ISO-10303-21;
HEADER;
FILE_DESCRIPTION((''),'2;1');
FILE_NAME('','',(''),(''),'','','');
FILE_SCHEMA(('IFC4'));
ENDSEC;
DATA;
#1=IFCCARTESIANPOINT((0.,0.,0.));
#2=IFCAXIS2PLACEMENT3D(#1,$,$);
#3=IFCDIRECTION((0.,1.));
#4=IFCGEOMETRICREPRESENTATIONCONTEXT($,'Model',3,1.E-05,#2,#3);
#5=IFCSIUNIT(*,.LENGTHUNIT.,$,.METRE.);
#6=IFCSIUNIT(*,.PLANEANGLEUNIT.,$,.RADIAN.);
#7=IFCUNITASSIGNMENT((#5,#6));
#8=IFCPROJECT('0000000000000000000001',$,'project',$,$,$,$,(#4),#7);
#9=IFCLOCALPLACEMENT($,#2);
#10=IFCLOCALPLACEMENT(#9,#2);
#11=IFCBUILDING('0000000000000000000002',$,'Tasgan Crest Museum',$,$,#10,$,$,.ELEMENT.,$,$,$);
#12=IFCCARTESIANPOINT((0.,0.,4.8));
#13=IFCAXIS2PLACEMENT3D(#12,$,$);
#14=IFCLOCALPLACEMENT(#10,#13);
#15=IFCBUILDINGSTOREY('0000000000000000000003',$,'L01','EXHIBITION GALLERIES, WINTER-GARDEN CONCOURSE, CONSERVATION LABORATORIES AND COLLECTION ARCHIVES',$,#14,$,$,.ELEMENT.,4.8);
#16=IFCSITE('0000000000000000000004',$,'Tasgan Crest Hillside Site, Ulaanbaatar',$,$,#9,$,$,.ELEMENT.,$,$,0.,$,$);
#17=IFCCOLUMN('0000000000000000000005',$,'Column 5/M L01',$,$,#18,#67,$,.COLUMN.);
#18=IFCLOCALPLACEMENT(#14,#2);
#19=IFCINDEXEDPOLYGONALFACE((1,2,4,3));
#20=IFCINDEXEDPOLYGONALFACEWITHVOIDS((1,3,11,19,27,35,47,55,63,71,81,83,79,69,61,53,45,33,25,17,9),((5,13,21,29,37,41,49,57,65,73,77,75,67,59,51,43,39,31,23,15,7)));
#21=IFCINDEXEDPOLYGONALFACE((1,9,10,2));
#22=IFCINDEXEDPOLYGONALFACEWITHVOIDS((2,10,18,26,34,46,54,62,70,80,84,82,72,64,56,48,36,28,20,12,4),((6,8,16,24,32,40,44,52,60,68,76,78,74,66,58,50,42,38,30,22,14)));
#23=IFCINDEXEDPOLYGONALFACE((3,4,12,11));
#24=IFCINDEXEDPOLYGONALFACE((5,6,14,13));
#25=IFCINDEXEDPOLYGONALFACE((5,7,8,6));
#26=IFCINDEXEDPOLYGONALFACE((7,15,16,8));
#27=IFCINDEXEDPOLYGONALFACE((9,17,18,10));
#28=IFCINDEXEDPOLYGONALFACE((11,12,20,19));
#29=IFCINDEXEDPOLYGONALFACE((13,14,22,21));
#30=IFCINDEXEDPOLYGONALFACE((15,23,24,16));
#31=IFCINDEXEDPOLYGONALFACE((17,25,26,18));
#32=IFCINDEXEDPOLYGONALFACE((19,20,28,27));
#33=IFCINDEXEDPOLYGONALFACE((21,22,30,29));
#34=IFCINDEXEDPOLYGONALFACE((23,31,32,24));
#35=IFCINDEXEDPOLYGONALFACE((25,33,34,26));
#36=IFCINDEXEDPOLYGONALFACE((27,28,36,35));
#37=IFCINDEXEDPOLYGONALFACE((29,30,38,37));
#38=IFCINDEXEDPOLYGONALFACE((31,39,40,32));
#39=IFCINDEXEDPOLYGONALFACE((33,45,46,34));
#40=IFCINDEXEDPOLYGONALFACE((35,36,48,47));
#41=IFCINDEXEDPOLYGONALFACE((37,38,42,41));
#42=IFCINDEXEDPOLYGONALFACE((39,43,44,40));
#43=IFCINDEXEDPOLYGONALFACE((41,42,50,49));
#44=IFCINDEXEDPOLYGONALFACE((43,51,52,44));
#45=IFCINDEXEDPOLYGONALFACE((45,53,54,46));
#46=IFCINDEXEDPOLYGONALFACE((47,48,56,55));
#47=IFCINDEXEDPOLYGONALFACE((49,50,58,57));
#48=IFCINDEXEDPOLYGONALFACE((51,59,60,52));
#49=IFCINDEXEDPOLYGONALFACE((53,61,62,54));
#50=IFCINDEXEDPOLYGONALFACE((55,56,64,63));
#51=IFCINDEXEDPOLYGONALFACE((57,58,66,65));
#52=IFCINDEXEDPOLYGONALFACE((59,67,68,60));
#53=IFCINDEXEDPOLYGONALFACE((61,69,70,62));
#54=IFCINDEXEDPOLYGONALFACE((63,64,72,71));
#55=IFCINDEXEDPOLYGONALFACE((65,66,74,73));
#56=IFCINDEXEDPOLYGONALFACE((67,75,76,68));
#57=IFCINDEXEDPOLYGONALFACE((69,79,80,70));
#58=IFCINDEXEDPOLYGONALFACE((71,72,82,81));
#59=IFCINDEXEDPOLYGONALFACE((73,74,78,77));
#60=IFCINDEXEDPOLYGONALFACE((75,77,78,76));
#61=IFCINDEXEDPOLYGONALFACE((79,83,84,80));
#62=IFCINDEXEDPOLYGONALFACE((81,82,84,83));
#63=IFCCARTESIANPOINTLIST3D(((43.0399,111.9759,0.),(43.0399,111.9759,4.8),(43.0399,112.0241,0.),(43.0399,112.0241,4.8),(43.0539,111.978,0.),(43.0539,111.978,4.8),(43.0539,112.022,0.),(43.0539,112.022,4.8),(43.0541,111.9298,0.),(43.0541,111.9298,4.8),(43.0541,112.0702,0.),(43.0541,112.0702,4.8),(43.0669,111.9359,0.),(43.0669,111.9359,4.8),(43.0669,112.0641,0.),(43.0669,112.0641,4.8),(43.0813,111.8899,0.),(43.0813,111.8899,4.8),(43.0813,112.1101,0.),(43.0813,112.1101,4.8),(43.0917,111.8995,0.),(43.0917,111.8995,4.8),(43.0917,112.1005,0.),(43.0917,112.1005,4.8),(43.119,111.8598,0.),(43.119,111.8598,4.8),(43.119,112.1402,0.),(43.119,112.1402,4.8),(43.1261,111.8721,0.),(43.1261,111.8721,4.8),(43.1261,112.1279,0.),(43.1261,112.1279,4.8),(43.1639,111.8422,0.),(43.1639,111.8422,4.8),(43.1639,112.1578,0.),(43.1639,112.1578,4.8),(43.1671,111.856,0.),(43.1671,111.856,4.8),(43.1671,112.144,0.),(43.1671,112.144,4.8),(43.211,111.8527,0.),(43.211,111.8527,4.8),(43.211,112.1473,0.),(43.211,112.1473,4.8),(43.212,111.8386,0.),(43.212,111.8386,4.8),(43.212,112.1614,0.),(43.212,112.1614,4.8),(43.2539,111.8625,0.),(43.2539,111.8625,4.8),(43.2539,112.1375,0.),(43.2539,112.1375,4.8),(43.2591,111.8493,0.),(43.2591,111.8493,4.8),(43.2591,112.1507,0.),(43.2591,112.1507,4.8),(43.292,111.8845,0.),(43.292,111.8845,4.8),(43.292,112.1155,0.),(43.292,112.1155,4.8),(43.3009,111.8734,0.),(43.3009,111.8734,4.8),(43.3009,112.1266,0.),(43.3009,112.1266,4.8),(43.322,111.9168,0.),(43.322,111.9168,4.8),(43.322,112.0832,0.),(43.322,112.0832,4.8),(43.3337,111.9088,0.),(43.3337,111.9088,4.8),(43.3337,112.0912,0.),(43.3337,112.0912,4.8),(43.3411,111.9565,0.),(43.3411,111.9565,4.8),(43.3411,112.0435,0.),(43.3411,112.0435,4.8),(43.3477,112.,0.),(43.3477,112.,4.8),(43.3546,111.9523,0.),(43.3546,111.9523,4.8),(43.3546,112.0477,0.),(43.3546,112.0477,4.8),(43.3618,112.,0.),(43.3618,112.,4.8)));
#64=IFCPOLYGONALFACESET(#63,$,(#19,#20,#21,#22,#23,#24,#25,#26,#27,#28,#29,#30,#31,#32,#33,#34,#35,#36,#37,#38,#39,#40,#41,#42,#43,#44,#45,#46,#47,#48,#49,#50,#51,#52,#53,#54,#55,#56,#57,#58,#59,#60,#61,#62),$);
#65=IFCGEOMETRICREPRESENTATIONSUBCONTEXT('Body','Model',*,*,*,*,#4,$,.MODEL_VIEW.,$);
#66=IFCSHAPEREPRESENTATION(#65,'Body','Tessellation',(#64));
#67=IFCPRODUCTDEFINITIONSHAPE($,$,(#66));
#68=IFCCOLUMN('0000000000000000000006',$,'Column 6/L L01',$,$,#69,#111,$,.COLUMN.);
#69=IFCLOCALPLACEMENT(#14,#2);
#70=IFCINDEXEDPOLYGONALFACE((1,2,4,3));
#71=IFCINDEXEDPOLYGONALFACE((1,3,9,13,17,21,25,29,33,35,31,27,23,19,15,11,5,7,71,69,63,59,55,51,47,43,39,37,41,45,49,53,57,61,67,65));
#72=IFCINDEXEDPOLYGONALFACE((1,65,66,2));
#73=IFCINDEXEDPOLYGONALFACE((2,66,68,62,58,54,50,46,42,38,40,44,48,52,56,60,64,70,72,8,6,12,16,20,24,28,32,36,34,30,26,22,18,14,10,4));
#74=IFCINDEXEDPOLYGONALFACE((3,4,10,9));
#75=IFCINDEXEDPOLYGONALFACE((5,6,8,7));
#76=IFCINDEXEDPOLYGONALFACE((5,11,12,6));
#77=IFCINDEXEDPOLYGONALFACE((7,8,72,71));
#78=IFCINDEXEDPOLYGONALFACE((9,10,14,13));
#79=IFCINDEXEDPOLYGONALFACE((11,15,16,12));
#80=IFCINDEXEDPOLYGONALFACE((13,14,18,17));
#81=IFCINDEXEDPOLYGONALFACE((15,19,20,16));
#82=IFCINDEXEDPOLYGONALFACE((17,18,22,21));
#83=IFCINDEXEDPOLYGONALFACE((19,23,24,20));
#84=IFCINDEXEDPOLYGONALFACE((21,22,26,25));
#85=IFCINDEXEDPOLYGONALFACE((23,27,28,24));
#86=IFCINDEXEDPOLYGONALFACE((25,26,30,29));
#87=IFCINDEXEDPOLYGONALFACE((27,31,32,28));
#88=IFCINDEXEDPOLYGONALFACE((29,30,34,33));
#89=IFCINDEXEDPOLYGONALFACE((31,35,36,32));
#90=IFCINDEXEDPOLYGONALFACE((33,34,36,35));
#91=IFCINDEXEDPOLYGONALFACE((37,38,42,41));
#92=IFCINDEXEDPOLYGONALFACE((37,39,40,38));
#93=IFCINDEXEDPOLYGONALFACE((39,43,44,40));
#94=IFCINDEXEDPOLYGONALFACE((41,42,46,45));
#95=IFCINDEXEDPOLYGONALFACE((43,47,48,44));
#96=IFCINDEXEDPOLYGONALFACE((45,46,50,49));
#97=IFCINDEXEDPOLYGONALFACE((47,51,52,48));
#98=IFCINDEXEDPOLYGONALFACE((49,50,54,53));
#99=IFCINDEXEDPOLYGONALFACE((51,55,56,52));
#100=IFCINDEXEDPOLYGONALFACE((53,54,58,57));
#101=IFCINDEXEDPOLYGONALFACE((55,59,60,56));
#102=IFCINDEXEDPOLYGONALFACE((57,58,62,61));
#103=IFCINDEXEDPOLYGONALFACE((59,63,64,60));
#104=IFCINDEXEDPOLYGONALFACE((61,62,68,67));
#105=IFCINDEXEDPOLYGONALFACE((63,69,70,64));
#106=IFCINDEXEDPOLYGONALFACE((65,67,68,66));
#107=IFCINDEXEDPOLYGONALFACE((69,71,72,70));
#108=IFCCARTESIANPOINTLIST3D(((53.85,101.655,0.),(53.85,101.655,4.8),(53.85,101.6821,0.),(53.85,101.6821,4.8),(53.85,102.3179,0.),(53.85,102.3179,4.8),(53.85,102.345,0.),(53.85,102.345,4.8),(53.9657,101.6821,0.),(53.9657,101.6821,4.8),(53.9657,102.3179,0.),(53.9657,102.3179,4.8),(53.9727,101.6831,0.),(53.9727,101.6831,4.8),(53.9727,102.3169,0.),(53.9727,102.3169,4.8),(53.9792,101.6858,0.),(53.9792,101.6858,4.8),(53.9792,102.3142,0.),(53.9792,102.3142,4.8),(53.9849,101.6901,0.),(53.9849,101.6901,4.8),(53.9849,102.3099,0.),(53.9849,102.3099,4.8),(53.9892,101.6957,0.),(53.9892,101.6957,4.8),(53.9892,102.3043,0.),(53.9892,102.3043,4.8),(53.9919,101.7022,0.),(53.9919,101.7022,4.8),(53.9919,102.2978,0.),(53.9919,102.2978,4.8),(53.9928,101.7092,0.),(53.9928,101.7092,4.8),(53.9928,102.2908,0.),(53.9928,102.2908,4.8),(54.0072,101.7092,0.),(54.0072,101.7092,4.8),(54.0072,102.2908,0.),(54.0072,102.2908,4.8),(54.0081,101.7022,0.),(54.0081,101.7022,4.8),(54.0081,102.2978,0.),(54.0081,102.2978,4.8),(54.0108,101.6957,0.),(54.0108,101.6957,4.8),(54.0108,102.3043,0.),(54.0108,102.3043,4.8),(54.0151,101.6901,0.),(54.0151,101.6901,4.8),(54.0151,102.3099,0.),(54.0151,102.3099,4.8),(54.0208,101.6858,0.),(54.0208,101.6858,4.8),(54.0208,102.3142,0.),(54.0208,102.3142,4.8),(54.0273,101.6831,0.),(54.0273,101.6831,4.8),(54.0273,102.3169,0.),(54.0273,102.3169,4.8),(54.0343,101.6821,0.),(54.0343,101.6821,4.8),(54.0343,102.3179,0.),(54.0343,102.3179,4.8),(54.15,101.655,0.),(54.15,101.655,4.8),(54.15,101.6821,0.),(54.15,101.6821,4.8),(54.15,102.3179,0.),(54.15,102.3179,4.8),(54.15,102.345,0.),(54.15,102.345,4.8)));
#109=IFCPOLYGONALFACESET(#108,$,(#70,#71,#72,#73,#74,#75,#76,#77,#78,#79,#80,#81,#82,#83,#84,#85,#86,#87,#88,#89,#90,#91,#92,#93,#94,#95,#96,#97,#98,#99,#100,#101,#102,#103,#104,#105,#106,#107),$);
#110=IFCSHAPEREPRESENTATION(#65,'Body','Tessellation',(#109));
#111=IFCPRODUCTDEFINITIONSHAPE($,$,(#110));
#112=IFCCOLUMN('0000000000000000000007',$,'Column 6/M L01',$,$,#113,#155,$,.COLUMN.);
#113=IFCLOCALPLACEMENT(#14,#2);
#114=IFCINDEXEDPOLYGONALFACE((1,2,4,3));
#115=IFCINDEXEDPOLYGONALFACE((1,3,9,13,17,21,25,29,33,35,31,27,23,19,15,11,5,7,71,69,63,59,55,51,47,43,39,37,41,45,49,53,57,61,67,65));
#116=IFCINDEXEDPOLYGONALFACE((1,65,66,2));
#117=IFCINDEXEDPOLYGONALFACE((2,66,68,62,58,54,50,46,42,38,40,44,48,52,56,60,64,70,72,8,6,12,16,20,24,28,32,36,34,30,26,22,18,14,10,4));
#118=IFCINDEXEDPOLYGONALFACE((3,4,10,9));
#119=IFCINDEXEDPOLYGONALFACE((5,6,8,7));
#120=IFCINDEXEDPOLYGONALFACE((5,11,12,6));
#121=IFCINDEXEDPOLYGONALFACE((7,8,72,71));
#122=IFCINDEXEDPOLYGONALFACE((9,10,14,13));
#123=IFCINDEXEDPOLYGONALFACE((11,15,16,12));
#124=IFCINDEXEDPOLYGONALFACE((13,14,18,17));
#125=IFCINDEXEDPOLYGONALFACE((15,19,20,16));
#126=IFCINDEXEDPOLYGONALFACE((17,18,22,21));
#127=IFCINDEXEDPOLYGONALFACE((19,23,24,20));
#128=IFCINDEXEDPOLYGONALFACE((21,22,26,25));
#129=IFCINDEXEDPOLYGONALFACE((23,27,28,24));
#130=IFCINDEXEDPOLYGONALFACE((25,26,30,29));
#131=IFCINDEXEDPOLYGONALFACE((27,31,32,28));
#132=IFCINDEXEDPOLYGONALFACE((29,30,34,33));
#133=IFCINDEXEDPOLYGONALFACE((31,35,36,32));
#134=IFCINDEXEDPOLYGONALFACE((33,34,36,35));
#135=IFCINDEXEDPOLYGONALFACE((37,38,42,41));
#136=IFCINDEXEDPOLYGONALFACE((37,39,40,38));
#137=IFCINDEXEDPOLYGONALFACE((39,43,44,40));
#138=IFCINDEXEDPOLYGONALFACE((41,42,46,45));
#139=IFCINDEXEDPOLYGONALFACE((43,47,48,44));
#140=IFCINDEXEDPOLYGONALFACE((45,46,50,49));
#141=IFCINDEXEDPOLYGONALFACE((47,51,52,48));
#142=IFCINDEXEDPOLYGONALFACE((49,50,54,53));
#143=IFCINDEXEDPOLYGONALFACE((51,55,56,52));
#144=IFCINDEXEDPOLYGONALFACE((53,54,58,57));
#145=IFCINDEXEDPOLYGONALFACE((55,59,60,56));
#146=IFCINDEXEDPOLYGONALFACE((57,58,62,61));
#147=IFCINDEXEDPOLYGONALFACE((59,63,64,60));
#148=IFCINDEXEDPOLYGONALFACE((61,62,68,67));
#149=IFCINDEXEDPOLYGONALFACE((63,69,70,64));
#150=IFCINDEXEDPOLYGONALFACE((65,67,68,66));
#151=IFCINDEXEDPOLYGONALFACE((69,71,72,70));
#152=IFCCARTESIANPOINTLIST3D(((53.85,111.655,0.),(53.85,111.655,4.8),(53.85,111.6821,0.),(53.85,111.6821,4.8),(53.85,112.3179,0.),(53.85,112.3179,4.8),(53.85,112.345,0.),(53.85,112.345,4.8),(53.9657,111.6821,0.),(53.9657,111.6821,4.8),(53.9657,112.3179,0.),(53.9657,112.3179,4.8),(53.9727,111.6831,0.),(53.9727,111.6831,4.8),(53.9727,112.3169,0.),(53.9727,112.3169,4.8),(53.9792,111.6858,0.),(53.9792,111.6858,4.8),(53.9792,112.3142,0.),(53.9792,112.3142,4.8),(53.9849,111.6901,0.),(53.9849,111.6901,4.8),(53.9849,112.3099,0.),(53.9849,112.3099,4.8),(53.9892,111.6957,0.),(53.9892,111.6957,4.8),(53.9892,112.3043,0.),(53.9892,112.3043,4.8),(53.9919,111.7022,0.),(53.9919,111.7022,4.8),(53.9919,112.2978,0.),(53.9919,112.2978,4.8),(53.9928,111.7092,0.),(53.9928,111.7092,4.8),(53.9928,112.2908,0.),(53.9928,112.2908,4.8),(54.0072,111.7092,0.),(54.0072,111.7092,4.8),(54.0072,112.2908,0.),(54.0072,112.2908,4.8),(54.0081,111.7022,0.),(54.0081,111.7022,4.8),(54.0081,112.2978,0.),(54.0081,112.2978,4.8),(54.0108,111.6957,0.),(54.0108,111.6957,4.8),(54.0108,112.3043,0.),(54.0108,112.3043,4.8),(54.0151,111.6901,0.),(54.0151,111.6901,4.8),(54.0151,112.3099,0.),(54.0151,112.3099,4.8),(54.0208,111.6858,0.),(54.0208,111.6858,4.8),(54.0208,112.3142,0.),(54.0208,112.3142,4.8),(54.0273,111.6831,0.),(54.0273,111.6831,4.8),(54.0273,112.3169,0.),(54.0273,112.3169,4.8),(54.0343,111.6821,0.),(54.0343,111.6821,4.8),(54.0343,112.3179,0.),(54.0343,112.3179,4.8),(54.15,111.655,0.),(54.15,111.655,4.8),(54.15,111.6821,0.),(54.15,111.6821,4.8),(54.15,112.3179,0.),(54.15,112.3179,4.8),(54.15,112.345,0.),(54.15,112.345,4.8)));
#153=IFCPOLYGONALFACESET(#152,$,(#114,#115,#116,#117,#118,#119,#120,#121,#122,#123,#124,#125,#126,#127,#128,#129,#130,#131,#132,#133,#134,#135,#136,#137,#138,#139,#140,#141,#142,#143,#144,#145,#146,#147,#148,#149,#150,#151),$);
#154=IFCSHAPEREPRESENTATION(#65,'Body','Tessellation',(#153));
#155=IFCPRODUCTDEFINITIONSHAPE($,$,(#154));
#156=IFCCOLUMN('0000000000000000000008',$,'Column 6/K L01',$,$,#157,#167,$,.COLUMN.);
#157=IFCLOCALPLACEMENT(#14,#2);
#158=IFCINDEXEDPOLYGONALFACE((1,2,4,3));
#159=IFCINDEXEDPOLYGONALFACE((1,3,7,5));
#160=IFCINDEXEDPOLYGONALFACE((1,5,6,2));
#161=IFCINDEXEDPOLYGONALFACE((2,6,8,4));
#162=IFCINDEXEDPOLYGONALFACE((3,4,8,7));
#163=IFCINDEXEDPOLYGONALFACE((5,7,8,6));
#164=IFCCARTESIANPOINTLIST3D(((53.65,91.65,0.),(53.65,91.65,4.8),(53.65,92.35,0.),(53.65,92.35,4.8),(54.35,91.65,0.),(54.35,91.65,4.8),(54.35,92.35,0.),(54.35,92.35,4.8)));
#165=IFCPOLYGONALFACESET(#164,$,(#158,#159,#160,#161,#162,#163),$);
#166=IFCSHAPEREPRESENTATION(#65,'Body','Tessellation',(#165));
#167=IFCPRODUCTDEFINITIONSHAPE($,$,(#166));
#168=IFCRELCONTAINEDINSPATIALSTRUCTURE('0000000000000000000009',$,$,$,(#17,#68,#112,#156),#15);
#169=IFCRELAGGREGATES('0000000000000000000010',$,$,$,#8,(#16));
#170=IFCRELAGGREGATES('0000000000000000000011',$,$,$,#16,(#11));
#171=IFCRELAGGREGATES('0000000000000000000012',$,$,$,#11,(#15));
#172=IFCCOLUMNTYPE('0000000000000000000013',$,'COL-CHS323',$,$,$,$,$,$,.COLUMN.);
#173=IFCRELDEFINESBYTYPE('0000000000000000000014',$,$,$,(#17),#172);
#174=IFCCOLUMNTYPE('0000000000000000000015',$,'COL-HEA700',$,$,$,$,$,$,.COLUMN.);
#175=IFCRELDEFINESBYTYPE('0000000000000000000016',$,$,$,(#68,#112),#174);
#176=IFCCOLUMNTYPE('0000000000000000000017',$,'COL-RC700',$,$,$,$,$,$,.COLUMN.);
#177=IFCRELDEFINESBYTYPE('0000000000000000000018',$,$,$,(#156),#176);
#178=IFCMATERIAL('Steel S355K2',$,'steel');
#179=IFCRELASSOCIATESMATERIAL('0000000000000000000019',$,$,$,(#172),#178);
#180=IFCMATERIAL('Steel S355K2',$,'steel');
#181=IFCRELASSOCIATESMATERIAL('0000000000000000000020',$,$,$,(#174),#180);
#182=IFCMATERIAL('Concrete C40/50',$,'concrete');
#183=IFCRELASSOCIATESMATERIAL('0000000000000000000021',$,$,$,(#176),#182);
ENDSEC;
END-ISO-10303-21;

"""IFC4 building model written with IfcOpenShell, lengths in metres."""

from ifc_helpers import new_model, si_unit, direction, frame, origin, origin_2d, place, context, subcontext, project, spatial, rectangle, hollow_circle, i_section, extrude, material, material_profile, profile_set, type_object, element, save


model = new_model("IFC4")

# Units and contexts
model_context = context("Model", 3, precision=1e-05, world=origin(), true_north=direction((0.0, 1.0)))
body_context = subcontext(model_context, "Body", "Model", "MODEL_VIEW")
ifc_project = project(units=[si_unit("LENGTHUNIT", "METRE"), si_unit("PLANEANGLEUNIT", "RADIAN")], contexts=[model_context])

# Site, building, storey
site_placement = place(None, origin())
site = spatial("IfcSite", under=ifc_project, at=site_placement, Name="Tasgan Crest Hillside Site, Ulaanbaatar", CompositionType="ELEMENT", RefElevation=0.0)
building_placement = place(site_placement, origin())
building = spatial("IfcBuilding", under=site, at=building_placement, Name="Tasgan Crest Museum", CompositionType="ELEMENT")
storey_placement = place(building_placement, frame((0.0, 0.0, 4.8)))
storey = spatial("IfcBuildingStorey", under=building, at=storey_placement, Name="L01", Description="EXHIBITION GALLERIES, WINTER-GARDEN CONCOURSE, CONSERVATION LABORATORIES AND COLLECTION ARCHIVES", CompositionType="ELEMENT", Elevation=4.8)

# Columns
ifc_material_1 = material(Name="Steel S355K2", Category="steel")
ifc_material_profile_1 = material_profile(ifc_material_1, hollow_circle(Radius=0.1619, WallThickness=0.0142, at=origin_2d()), Name="CHS 323.9x14.2")
ifc_profile_set_1 = profile_set([ifc_material_profile_1], Name="Steel S355K2")
column_type_1 = type_object("IfcColumnType", Name="COL-CHS323", PredefinedType="COLUMN", material=ifc_profile_set_1)
column_1_placement = place(storey_placement, frame((43.2, 112.0, 0.0), z_axis=(0.0, 0.0, 1.0), x_axis=(1.0, 0.0, 0.0)))
element("IfcColumn", 1, at=column_1_placement, inside=storey, type_object=column_type_1, Name="Column 5/M L01", PredefinedType="COLUMN", context=body_context, shape_type="SweptSolid", body=[
    extrude(hollow_circle(Radius=0.1619, WallThickness=0.0142, at=origin_2d()), origin(), (0.0, 0.0, 1.0), 4.8),
])
ifc_material_2 = material(Name="Steel S355K2", Category="steel")
ifc_material_profile_2 = material_profile(ifc_material_2, i_section(OverallWidth=0.3, OverallDepth=0.6899, WebThickness=0.0144, FlangeThickness=0.0271, FilletRadius=0.0271, at=origin_2d()), Name="HEA 700")
ifc_profile_set_2 = profile_set([ifc_material_profile_2], Name="Steel S355K2")
column_type_2 = type_object("IfcColumnType", Name="COL-HEA700", PredefinedType="COLUMN", material=ifc_profile_set_2)
for number, where, z_axis, x_axis, name in (
    (2, (54.0, 102.0, 0.0), (0.0, 0.0, 1.0), (1.0, 0.0, 0.0), "Column 6/L L01"),
    (3, (54.0, 112.0, 0.0), (0.0, 0.0, 1.0), (1.0, 0.0, 0.0), "Column 6/M L01"),
):
    element("IfcColumn", number, at=place(storey_placement, frame(where, z_axis=z_axis, x_axis=x_axis)), inside=storey, type_object=column_type_2, Name=name, PredefinedType="COLUMN", context=body_context, shape_type="SweptSolid", body=[
        extrude(i_section(OverallWidth=0.3, OverallDepth=0.6899, WebThickness=0.0144, FlangeThickness=0.0271, FilletRadius=0.0271, at=origin_2d()), origin(), (0.0, 0.0, 1.0), 4.8),
    ])
ifc_material_3 = material(Name="Concrete C40/50", Category="concrete")
ifc_material_profile_3 = material_profile(ifc_material_3, rectangle(XDim=0.7, YDim=0.7, at=origin_2d()), Name="RC 700x700")
ifc_profile_set_3 = profile_set([ifc_material_profile_3], Name="Concrete C40/50")
column_type_3 = type_object("IfcColumnType", Name="COL-RC700", PredefinedType="COLUMN", material=ifc_profile_set_3)
column_2_placement = place(storey_placement, frame((54.0, 92.0, 0.0), z_axis=(0.0, 0.0, 1.0), x_axis=(1.0, 0.0, 0.0)))
element("IfcColumn", 4, at=column_2_placement, inside=storey, type_object=column_type_3, Name="Column 6/K L01", PredefinedType="COLUMN", context=body_context, shape_type="SweptSolid", body=[
    extrude(rectangle(XDim=0.7, YDim=0.7, at=origin_2d()), origin(), (0.0, 0.0, 1.0), 4.8),
])

save(model, "model.ifc")
